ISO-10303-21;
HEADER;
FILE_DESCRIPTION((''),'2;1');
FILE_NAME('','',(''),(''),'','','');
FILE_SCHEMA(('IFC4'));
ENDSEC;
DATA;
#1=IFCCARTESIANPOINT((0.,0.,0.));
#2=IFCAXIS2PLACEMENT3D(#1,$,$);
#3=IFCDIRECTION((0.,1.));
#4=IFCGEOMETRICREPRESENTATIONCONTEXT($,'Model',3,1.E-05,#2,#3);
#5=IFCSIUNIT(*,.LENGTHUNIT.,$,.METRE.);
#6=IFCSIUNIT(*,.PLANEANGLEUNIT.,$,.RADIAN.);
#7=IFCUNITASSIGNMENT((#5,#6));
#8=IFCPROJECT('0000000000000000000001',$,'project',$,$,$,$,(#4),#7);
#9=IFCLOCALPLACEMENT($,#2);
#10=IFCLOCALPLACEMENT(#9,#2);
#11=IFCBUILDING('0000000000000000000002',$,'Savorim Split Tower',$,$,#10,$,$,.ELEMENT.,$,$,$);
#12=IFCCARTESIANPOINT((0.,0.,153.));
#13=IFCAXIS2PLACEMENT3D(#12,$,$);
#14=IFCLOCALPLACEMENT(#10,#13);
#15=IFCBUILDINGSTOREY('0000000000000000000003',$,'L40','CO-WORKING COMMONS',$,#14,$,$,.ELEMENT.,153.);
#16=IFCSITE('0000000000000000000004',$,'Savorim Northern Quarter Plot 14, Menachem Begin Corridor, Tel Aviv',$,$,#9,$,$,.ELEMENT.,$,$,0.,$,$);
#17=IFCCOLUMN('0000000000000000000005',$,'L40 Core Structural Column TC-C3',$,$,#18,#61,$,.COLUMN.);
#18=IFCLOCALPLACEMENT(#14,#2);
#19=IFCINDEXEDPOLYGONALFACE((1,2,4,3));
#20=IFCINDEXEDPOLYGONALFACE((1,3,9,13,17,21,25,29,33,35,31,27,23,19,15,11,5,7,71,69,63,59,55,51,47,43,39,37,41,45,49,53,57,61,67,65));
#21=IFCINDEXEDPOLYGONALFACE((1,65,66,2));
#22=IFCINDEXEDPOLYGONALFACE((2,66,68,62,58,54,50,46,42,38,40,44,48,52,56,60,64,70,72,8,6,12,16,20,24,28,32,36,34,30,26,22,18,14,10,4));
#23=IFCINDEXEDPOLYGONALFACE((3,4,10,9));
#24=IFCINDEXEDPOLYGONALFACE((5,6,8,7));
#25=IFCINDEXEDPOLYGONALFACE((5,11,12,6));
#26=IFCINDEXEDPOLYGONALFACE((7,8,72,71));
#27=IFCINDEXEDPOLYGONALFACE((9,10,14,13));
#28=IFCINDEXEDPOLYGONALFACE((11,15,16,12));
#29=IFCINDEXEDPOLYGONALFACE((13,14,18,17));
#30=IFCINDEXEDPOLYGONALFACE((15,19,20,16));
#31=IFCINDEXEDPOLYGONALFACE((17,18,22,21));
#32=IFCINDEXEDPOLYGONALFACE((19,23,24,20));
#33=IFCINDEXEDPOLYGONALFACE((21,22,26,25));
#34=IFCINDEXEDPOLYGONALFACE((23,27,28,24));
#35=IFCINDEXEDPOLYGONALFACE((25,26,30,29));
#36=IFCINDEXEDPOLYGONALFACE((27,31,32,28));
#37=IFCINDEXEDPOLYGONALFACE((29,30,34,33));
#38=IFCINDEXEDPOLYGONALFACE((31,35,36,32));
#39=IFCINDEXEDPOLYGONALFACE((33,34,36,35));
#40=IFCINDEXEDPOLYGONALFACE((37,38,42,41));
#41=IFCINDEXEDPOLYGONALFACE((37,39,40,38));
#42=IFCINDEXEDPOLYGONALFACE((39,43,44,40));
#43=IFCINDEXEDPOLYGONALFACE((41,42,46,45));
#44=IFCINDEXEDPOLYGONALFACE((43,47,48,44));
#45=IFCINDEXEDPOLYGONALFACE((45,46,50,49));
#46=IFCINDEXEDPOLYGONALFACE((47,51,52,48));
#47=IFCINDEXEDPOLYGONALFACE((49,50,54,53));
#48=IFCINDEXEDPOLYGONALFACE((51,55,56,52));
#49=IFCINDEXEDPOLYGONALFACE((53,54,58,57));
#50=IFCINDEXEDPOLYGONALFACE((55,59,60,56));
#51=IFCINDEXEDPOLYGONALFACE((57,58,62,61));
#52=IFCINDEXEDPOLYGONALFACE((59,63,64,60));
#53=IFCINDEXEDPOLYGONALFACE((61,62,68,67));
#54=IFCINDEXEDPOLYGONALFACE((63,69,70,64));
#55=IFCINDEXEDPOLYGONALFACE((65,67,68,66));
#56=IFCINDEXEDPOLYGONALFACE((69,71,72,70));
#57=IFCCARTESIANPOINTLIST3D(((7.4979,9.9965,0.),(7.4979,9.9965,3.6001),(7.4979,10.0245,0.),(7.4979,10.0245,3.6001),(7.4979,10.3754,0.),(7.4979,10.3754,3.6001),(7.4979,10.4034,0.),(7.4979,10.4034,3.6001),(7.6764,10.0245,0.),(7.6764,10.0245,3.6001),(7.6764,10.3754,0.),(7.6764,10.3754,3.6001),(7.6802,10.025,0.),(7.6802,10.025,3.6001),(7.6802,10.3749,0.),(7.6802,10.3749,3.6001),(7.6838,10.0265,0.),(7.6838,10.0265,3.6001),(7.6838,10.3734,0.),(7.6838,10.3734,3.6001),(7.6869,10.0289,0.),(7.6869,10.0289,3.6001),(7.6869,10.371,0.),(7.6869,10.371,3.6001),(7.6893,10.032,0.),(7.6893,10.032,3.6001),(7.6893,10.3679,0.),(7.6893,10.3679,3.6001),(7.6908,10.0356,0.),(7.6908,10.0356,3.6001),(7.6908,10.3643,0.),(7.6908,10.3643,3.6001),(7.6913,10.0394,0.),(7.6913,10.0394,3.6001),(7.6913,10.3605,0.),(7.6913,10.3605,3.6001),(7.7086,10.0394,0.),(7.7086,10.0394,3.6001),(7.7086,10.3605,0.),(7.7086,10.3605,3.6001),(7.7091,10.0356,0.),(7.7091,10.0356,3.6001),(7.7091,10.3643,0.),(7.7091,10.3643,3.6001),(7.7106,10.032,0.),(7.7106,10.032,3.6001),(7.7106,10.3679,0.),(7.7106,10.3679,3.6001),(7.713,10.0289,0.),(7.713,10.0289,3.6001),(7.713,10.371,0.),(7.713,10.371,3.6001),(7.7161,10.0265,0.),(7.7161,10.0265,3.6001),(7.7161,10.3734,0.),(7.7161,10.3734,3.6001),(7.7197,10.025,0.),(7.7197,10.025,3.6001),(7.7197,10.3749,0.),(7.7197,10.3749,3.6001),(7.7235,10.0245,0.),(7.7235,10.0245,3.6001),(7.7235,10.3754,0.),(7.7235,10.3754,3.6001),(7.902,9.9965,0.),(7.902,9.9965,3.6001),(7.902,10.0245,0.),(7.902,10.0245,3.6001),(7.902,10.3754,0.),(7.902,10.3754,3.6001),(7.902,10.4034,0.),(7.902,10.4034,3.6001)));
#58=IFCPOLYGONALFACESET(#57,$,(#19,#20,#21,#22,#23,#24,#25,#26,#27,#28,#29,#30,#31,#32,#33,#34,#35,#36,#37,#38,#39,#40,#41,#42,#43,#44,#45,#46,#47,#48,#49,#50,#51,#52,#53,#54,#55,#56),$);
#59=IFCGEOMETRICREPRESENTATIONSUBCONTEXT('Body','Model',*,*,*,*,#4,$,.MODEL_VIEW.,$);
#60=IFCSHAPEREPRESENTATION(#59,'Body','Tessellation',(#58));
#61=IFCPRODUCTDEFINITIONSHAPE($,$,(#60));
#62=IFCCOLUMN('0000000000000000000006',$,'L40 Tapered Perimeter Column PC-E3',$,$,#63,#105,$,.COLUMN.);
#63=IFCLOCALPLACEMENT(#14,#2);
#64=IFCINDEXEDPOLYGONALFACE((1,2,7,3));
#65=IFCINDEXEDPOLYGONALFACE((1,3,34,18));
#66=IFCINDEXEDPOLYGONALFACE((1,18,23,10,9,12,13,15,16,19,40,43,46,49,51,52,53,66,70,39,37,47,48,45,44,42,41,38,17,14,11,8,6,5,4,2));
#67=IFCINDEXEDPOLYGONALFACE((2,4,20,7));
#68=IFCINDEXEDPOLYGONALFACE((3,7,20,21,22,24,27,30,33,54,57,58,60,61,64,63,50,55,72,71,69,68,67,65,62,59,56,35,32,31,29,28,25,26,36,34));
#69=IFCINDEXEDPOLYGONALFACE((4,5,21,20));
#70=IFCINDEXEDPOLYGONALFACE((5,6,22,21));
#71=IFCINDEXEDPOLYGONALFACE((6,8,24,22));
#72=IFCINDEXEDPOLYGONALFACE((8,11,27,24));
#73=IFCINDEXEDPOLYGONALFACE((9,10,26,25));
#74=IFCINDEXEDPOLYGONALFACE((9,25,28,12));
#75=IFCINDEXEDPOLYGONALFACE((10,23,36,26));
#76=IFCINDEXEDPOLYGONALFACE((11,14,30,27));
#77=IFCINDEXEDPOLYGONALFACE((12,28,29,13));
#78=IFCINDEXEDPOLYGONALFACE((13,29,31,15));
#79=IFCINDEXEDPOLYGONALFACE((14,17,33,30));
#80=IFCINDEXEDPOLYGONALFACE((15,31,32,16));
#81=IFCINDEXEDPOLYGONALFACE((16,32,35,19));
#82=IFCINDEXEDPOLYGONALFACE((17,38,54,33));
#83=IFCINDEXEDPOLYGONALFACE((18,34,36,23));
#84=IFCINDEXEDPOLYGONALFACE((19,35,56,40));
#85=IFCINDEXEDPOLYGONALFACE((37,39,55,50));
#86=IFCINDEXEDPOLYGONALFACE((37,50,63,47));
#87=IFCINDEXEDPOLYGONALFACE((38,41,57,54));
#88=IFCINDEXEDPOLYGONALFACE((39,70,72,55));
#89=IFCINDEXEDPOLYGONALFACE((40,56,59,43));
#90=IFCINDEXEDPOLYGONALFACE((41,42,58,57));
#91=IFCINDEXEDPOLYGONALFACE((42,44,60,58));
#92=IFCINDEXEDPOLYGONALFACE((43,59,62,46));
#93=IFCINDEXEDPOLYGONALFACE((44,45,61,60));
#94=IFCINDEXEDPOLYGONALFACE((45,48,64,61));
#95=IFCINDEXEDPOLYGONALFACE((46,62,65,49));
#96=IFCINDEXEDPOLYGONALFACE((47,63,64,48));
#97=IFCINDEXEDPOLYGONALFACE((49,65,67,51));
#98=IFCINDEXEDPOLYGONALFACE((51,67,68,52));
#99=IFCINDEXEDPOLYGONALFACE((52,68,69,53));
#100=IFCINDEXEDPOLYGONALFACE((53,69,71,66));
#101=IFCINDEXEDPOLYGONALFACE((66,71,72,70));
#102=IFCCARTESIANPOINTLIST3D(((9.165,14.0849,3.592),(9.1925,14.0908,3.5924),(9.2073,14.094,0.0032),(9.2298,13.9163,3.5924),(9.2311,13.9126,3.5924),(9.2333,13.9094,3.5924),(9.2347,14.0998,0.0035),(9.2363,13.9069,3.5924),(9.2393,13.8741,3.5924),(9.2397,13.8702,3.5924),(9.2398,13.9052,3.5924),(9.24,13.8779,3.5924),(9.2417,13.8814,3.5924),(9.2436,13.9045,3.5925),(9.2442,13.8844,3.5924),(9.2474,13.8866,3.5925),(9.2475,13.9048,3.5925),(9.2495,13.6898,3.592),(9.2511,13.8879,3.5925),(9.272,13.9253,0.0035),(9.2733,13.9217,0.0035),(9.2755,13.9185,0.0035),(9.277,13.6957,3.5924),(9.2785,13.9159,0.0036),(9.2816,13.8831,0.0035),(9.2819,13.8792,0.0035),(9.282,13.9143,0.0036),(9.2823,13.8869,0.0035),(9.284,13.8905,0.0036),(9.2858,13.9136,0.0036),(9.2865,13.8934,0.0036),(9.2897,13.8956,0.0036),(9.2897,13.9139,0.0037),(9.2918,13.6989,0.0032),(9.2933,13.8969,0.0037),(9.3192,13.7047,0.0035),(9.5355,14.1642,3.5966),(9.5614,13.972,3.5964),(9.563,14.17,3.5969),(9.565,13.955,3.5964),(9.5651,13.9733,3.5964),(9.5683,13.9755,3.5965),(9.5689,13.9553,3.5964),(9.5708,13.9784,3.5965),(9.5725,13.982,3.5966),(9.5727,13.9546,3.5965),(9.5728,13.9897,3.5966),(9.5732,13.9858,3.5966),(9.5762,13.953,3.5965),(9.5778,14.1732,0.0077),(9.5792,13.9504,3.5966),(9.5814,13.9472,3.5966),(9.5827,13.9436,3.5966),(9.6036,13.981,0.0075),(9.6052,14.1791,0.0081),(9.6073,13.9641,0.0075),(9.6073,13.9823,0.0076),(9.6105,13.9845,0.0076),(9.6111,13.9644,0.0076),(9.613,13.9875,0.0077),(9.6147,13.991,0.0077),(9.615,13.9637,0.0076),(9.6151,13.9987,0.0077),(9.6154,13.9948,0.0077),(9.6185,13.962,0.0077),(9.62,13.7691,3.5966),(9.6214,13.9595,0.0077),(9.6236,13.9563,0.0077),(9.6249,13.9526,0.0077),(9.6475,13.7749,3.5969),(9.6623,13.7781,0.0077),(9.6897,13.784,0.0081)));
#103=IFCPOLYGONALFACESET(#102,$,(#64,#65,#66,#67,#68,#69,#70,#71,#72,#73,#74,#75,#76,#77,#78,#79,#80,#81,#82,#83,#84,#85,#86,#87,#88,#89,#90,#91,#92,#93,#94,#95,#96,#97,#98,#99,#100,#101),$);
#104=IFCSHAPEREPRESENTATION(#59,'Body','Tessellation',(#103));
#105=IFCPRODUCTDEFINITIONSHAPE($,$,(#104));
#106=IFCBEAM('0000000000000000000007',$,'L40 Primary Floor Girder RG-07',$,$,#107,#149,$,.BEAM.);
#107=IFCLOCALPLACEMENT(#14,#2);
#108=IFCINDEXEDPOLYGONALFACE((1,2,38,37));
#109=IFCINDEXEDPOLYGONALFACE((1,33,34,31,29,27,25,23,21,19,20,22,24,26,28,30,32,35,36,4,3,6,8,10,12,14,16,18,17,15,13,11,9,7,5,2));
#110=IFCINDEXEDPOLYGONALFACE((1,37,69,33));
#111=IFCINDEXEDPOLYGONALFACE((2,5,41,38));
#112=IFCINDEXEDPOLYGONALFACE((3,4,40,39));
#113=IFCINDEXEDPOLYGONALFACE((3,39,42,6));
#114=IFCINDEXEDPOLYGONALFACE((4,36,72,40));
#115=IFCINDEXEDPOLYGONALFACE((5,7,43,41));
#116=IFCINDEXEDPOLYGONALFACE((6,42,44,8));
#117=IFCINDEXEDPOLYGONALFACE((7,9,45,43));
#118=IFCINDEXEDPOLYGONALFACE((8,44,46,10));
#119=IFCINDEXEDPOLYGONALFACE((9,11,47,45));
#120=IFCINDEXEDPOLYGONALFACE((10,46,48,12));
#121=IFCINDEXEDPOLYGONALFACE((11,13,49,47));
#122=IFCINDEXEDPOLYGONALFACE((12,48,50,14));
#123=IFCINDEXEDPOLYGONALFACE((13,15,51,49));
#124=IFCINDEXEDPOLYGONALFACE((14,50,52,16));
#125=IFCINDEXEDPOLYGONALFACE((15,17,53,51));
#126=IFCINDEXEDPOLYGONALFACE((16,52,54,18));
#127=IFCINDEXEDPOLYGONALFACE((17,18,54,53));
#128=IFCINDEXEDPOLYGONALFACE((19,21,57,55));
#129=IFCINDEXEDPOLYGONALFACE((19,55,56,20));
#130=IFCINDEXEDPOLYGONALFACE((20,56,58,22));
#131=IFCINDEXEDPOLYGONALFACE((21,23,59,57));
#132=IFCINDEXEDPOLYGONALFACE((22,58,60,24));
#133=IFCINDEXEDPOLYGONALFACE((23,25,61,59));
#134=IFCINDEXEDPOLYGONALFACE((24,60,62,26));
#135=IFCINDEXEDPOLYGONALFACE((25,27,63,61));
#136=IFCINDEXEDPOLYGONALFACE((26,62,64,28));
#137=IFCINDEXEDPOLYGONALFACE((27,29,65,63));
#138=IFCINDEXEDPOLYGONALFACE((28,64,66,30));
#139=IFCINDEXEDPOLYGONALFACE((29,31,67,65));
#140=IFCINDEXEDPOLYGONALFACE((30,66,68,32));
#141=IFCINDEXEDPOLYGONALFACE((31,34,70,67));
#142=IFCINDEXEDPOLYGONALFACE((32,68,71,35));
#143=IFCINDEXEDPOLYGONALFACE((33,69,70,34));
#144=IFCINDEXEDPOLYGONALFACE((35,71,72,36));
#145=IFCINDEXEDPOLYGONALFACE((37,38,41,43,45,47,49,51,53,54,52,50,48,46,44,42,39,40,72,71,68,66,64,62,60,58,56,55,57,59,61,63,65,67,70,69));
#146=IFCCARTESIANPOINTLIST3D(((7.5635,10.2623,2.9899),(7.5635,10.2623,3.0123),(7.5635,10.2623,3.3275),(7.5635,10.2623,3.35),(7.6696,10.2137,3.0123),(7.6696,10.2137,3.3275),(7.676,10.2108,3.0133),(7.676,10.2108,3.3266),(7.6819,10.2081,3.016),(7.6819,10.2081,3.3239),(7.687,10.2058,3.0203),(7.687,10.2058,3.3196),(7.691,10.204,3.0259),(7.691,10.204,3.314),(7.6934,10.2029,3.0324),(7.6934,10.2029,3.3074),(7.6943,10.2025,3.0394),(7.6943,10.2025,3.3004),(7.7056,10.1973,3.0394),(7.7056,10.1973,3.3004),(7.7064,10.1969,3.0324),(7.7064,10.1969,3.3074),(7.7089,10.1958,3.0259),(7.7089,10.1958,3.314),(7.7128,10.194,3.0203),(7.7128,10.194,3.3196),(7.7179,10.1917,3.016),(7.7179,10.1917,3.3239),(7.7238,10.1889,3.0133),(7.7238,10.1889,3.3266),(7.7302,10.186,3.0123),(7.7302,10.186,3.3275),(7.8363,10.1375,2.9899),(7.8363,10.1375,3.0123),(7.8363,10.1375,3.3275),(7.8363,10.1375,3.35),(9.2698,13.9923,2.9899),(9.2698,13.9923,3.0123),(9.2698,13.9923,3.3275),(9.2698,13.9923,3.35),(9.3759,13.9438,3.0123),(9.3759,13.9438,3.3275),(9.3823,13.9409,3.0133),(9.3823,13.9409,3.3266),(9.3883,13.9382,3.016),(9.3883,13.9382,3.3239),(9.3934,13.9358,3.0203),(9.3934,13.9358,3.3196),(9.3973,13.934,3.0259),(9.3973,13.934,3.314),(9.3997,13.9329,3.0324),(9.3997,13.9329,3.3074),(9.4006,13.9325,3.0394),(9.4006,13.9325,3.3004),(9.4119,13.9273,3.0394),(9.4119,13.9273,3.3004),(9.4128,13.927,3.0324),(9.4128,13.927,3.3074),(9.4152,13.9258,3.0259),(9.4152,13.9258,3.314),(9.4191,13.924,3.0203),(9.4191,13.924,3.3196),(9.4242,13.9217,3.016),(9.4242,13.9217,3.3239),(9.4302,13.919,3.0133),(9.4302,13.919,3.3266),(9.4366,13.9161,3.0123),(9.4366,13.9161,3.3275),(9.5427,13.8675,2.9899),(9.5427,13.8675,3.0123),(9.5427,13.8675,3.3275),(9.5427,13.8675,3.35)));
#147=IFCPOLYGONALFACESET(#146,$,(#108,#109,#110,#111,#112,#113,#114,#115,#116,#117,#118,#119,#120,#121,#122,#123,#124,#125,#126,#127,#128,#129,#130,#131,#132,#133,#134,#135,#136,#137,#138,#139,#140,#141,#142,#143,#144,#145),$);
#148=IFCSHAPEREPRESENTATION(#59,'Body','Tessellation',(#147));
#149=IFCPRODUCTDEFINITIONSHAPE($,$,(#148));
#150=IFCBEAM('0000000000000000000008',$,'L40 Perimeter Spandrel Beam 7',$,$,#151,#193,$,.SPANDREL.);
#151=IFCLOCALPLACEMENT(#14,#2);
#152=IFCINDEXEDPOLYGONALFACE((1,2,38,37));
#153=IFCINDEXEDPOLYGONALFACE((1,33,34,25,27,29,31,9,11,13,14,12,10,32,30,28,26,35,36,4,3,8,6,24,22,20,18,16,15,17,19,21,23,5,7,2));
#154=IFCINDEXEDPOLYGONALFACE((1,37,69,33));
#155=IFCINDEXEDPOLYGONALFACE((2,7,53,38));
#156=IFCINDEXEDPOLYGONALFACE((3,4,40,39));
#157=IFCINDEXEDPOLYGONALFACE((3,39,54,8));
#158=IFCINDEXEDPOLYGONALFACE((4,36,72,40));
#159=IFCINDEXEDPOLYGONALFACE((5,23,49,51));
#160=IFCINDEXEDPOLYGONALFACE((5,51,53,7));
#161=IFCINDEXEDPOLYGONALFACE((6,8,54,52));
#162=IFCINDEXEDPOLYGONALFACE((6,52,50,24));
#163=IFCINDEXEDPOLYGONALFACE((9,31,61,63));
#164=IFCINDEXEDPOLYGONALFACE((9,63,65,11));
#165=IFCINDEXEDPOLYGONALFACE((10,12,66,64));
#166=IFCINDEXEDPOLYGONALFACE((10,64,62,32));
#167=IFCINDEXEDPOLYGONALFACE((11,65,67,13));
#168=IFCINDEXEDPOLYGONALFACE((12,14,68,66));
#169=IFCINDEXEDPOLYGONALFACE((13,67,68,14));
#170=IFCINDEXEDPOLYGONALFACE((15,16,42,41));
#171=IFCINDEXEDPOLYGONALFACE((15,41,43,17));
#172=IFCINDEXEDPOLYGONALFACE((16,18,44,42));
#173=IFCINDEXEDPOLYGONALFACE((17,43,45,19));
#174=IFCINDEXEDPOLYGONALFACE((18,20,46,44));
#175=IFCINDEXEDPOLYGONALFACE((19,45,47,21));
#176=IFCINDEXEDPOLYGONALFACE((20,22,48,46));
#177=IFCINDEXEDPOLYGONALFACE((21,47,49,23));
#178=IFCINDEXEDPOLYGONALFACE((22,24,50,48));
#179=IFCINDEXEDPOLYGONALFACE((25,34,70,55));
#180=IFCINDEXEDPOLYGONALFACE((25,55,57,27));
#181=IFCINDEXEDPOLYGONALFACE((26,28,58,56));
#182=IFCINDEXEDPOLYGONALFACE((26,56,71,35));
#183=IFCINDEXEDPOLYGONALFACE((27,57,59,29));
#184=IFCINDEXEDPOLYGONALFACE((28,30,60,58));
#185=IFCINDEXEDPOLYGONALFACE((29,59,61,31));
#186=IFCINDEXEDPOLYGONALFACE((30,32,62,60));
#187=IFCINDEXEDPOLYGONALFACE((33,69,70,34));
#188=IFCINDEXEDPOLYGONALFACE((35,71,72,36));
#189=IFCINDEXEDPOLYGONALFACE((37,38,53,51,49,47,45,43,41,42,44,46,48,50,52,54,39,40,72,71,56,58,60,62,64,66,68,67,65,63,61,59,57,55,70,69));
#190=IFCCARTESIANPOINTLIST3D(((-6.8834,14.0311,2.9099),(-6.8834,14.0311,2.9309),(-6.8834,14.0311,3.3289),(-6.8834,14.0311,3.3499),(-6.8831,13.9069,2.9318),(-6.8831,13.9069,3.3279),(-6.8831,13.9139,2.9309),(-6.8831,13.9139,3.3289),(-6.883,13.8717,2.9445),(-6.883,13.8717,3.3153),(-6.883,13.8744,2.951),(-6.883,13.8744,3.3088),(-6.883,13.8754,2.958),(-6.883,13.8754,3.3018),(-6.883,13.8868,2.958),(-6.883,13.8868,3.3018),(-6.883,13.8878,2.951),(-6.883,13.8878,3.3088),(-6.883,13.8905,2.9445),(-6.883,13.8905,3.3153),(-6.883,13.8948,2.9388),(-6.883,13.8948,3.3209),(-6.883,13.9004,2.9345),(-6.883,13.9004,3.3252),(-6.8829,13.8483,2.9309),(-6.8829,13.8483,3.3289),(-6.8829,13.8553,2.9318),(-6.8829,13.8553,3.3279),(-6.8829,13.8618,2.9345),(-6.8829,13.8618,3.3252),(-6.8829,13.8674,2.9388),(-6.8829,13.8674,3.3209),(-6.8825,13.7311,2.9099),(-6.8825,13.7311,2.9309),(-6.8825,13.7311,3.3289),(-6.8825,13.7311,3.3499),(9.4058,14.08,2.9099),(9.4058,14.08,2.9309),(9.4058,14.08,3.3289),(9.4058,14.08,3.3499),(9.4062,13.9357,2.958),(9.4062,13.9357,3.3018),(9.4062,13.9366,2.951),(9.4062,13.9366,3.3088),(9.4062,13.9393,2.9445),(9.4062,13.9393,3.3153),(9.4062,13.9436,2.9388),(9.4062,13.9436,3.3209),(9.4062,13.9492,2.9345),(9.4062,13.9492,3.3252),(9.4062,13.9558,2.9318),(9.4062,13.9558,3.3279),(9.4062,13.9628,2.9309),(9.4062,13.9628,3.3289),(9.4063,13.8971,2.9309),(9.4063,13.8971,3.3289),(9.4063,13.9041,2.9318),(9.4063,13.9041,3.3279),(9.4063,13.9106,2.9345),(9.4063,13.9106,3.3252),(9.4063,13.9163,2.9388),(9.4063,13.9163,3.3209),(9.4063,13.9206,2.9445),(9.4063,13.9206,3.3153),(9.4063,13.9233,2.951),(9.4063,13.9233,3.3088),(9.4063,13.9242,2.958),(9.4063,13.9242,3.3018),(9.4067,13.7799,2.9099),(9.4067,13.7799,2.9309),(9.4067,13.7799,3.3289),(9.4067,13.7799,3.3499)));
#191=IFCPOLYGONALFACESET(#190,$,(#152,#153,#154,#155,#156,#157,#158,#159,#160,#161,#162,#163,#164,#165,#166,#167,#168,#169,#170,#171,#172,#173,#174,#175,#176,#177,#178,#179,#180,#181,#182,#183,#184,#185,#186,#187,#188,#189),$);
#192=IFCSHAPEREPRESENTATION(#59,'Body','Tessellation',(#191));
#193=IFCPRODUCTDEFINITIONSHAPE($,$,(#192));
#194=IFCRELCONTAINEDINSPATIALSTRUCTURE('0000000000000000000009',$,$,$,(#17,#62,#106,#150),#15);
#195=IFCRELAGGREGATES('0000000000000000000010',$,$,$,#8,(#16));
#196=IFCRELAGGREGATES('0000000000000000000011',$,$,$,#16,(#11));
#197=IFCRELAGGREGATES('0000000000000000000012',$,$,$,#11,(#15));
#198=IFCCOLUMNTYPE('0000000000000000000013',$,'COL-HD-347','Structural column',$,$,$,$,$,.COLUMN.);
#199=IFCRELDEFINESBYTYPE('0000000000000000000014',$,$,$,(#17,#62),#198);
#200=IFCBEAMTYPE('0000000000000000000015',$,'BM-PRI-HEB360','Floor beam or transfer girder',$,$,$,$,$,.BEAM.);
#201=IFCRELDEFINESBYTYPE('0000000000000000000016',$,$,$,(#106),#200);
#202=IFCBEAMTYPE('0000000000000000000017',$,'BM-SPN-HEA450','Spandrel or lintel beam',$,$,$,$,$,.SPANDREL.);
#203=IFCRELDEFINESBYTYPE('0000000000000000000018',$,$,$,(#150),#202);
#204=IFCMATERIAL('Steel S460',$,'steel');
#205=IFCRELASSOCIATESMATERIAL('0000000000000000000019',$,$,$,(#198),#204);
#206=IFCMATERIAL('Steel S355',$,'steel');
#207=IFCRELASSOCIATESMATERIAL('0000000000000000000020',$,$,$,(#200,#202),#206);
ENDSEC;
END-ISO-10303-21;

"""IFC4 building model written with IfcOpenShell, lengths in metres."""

from ifc_helpers import new_model, si_unit, direction, frame, origin, origin_2d, place, context, subcontext, project, spatial, i_section, extrude, material, material_profile, profile_set, type_object, element, save


model = new_model("IFC4")

# Units and contexts
model_context = context("Model", 3, precision=1e-05, world=origin(), true_north=direction((0.0, 1.0)))
body_context = subcontext(model_context, "Body", "Model", "MODEL_VIEW")
ifc_project = project(units=[si_unit("LENGTHUNIT", "METRE"), si_unit("PLANEANGLEUNIT", "RADIAN")], contexts=[model_context])

# Site, building, storey
site_placement = place(None, origin())
site = spatial("IfcSite", under=ifc_project, at=site_placement, Name="Savorim Northern Quarter Plot 14, Menachem Begin Corridor, Tel Aviv", CompositionType="ELEMENT", RefElevation=0.0)
building_placement = place(site_placement, origin())
building = spatial("IfcBuilding", under=site, at=building_placement, Name="Savorim Split Tower", CompositionType="ELEMENT")
storey_placement = place(building_placement, frame((0.0, 0.0, 153.0)))
storey = spatial("IfcBuildingStorey", under=building, at=storey_placement, Name="L40", Description="CO-WORKING COMMONS", CompositionType="ELEMENT", Elevation=153.0)

# Columns
ifc_material_1 = material(Name="Steel S460", Category="steel")
ifc_material_profile_1 = material_profile(ifc_material_1, i_section(OverallWidth=0.4041, OverallDepth=0.407, WebThickness=0.0173, FlangeThickness=0.0281, FilletRadius=0.0149, at=origin_2d()), Name="HD 400x347")
ifc_profile_set_1 = profile_set([ifc_material_profile_1], Name="Steel S460")
column_type = type_object("IfcColumnType", Name="COL-HD-347", Description="Structural column", PredefinedType="COLUMN", material=ifc_profile_set_1)
column_1_placement = place(storey_placement, frame((7.7, 10.2, 0.0), z_axis=(0.0, 0.0, 1.0), x_axis=(1.0, 0.0, 0.0)))
element("IfcColumn", 1, at=column_1_placement, inside=storey, type_object=column_type, Name="L40 Core Structural Column TC-C3", PredefinedType="COLUMN", context=body_context, shape_type="SweptSolid", body=[
    extrude(i_section(OverallWidth=0.4041, OverallDepth=0.407, WebThickness=0.0173, FlangeThickness=0.0281, FilletRadius=0.0149, at=origin_2d()), origin(), (0.0, 0.0, 1.0), 3.6001),
])
column_2_placement = place(storey_placement, frame((9.4485, 13.939, 0.0056), z_axis=(-0.011768, -0.002517, 0.999928), x_axis=(0.209143, -0.977885, 0.0)))
element("IfcColumn", 2, at=column_2_placement, inside=storey, type_object=column_type, Name="L40 Tapered Perimeter Column PC-E3", PredefinedType="COLUMN", context=body_context, shape_type="SweptSolid", body=[
    extrude(i_section(OverallWidth=0.4041, OverallDepth=0.407, WebThickness=0.0173, FlangeThickness=0.0281, FilletRadius=0.0149, at=origin_2d()), origin(), (0.0, 0.0, 1.0), 3.5891),
])

# Beams
ifc_material_2 = material(Name="Steel S355", Category="steel")
ifc_material_profile_2 = material_profile(ifc_material_2, i_section(OverallWidth=0.3, OverallDepth=0.3601, WebThickness=0.0125, FlangeThickness=0.0225, FilletRadius=0.0271, at=origin_2d()), Name="HEB 360")
ifc_profile_set_2 = profile_set([ifc_material_profile_2], Name="Steel S355")
beam_type_1 = type_object("IfcBeamType", Name="BM-PRI-HEB360", Description="Floor beam or transfer girder", PredefinedType="BEAM", material=ifc_profile_set_2)
beam_1_placement = place(storey_placement, frame((9.4062, 13.9299, 3.1699), z_axis=(-0.415995, -0.909367, 0.0), x_axis=(0.909367, -0.415995, 0.0)))
element("IfcBeam", 3, at=beam_1_placement, inside=storey, type_object=beam_type_1, Name="L40 Primary Floor Girder RG-07", PredefinedType="BEAM", context=body_context, shape_type="SweptSolid", body=[
    extrude(i_section(OverallWidth=0.3, OverallDepth=0.3601, WebThickness=0.0125, FlangeThickness=0.0225, FilletRadius=0.0271, at=origin_2d()), origin(), (0.0, 0.0, 1.0), 4.1018),
])
ifc_material_profile_3 = material_profile(ifc_material_2, i_section(OverallWidth=0.3, OverallDepth=0.4399, WebThickness=0.0115, FlangeThickness=0.021, FilletRadius=0.0271, at=origin_2d()), Name="HEA 450")
ifc_profile_set_3 = profile_set([ifc_material_profile_3], Name="Steel S355")
beam_type_2 = type_object("IfcBeamType", Name="BM-SPN-HEA450", Description="Spandrel or lintel beam", PredefinedType="SPANDREL", material=ifc_profile_set_3)
beam_2_placement = place(storey_placement, frame((9.4062, 13.9299, 3.1299), z_axis=(-0.999996, -0.002998, 0.0), x_axis=(0.002998, -0.999996, 0.0)))
element("IfcBeam", 4, at=beam_2_placement, inside=storey, type_object=beam_type_2, Name="L40 Perimeter Spandrel Beam 7", PredefinedType="SPANDREL", context=body_context, shape_type="SweptSolid", body=[
    extrude(i_section(OverallWidth=0.3, OverallDepth=0.4399, WebThickness=0.0115, FlangeThickness=0.021, FilletRadius=0.0271, at=origin_2d()), origin(), (0.0, 0.0, 1.0), 16.2893),
])

save(model, "model.ifc")
